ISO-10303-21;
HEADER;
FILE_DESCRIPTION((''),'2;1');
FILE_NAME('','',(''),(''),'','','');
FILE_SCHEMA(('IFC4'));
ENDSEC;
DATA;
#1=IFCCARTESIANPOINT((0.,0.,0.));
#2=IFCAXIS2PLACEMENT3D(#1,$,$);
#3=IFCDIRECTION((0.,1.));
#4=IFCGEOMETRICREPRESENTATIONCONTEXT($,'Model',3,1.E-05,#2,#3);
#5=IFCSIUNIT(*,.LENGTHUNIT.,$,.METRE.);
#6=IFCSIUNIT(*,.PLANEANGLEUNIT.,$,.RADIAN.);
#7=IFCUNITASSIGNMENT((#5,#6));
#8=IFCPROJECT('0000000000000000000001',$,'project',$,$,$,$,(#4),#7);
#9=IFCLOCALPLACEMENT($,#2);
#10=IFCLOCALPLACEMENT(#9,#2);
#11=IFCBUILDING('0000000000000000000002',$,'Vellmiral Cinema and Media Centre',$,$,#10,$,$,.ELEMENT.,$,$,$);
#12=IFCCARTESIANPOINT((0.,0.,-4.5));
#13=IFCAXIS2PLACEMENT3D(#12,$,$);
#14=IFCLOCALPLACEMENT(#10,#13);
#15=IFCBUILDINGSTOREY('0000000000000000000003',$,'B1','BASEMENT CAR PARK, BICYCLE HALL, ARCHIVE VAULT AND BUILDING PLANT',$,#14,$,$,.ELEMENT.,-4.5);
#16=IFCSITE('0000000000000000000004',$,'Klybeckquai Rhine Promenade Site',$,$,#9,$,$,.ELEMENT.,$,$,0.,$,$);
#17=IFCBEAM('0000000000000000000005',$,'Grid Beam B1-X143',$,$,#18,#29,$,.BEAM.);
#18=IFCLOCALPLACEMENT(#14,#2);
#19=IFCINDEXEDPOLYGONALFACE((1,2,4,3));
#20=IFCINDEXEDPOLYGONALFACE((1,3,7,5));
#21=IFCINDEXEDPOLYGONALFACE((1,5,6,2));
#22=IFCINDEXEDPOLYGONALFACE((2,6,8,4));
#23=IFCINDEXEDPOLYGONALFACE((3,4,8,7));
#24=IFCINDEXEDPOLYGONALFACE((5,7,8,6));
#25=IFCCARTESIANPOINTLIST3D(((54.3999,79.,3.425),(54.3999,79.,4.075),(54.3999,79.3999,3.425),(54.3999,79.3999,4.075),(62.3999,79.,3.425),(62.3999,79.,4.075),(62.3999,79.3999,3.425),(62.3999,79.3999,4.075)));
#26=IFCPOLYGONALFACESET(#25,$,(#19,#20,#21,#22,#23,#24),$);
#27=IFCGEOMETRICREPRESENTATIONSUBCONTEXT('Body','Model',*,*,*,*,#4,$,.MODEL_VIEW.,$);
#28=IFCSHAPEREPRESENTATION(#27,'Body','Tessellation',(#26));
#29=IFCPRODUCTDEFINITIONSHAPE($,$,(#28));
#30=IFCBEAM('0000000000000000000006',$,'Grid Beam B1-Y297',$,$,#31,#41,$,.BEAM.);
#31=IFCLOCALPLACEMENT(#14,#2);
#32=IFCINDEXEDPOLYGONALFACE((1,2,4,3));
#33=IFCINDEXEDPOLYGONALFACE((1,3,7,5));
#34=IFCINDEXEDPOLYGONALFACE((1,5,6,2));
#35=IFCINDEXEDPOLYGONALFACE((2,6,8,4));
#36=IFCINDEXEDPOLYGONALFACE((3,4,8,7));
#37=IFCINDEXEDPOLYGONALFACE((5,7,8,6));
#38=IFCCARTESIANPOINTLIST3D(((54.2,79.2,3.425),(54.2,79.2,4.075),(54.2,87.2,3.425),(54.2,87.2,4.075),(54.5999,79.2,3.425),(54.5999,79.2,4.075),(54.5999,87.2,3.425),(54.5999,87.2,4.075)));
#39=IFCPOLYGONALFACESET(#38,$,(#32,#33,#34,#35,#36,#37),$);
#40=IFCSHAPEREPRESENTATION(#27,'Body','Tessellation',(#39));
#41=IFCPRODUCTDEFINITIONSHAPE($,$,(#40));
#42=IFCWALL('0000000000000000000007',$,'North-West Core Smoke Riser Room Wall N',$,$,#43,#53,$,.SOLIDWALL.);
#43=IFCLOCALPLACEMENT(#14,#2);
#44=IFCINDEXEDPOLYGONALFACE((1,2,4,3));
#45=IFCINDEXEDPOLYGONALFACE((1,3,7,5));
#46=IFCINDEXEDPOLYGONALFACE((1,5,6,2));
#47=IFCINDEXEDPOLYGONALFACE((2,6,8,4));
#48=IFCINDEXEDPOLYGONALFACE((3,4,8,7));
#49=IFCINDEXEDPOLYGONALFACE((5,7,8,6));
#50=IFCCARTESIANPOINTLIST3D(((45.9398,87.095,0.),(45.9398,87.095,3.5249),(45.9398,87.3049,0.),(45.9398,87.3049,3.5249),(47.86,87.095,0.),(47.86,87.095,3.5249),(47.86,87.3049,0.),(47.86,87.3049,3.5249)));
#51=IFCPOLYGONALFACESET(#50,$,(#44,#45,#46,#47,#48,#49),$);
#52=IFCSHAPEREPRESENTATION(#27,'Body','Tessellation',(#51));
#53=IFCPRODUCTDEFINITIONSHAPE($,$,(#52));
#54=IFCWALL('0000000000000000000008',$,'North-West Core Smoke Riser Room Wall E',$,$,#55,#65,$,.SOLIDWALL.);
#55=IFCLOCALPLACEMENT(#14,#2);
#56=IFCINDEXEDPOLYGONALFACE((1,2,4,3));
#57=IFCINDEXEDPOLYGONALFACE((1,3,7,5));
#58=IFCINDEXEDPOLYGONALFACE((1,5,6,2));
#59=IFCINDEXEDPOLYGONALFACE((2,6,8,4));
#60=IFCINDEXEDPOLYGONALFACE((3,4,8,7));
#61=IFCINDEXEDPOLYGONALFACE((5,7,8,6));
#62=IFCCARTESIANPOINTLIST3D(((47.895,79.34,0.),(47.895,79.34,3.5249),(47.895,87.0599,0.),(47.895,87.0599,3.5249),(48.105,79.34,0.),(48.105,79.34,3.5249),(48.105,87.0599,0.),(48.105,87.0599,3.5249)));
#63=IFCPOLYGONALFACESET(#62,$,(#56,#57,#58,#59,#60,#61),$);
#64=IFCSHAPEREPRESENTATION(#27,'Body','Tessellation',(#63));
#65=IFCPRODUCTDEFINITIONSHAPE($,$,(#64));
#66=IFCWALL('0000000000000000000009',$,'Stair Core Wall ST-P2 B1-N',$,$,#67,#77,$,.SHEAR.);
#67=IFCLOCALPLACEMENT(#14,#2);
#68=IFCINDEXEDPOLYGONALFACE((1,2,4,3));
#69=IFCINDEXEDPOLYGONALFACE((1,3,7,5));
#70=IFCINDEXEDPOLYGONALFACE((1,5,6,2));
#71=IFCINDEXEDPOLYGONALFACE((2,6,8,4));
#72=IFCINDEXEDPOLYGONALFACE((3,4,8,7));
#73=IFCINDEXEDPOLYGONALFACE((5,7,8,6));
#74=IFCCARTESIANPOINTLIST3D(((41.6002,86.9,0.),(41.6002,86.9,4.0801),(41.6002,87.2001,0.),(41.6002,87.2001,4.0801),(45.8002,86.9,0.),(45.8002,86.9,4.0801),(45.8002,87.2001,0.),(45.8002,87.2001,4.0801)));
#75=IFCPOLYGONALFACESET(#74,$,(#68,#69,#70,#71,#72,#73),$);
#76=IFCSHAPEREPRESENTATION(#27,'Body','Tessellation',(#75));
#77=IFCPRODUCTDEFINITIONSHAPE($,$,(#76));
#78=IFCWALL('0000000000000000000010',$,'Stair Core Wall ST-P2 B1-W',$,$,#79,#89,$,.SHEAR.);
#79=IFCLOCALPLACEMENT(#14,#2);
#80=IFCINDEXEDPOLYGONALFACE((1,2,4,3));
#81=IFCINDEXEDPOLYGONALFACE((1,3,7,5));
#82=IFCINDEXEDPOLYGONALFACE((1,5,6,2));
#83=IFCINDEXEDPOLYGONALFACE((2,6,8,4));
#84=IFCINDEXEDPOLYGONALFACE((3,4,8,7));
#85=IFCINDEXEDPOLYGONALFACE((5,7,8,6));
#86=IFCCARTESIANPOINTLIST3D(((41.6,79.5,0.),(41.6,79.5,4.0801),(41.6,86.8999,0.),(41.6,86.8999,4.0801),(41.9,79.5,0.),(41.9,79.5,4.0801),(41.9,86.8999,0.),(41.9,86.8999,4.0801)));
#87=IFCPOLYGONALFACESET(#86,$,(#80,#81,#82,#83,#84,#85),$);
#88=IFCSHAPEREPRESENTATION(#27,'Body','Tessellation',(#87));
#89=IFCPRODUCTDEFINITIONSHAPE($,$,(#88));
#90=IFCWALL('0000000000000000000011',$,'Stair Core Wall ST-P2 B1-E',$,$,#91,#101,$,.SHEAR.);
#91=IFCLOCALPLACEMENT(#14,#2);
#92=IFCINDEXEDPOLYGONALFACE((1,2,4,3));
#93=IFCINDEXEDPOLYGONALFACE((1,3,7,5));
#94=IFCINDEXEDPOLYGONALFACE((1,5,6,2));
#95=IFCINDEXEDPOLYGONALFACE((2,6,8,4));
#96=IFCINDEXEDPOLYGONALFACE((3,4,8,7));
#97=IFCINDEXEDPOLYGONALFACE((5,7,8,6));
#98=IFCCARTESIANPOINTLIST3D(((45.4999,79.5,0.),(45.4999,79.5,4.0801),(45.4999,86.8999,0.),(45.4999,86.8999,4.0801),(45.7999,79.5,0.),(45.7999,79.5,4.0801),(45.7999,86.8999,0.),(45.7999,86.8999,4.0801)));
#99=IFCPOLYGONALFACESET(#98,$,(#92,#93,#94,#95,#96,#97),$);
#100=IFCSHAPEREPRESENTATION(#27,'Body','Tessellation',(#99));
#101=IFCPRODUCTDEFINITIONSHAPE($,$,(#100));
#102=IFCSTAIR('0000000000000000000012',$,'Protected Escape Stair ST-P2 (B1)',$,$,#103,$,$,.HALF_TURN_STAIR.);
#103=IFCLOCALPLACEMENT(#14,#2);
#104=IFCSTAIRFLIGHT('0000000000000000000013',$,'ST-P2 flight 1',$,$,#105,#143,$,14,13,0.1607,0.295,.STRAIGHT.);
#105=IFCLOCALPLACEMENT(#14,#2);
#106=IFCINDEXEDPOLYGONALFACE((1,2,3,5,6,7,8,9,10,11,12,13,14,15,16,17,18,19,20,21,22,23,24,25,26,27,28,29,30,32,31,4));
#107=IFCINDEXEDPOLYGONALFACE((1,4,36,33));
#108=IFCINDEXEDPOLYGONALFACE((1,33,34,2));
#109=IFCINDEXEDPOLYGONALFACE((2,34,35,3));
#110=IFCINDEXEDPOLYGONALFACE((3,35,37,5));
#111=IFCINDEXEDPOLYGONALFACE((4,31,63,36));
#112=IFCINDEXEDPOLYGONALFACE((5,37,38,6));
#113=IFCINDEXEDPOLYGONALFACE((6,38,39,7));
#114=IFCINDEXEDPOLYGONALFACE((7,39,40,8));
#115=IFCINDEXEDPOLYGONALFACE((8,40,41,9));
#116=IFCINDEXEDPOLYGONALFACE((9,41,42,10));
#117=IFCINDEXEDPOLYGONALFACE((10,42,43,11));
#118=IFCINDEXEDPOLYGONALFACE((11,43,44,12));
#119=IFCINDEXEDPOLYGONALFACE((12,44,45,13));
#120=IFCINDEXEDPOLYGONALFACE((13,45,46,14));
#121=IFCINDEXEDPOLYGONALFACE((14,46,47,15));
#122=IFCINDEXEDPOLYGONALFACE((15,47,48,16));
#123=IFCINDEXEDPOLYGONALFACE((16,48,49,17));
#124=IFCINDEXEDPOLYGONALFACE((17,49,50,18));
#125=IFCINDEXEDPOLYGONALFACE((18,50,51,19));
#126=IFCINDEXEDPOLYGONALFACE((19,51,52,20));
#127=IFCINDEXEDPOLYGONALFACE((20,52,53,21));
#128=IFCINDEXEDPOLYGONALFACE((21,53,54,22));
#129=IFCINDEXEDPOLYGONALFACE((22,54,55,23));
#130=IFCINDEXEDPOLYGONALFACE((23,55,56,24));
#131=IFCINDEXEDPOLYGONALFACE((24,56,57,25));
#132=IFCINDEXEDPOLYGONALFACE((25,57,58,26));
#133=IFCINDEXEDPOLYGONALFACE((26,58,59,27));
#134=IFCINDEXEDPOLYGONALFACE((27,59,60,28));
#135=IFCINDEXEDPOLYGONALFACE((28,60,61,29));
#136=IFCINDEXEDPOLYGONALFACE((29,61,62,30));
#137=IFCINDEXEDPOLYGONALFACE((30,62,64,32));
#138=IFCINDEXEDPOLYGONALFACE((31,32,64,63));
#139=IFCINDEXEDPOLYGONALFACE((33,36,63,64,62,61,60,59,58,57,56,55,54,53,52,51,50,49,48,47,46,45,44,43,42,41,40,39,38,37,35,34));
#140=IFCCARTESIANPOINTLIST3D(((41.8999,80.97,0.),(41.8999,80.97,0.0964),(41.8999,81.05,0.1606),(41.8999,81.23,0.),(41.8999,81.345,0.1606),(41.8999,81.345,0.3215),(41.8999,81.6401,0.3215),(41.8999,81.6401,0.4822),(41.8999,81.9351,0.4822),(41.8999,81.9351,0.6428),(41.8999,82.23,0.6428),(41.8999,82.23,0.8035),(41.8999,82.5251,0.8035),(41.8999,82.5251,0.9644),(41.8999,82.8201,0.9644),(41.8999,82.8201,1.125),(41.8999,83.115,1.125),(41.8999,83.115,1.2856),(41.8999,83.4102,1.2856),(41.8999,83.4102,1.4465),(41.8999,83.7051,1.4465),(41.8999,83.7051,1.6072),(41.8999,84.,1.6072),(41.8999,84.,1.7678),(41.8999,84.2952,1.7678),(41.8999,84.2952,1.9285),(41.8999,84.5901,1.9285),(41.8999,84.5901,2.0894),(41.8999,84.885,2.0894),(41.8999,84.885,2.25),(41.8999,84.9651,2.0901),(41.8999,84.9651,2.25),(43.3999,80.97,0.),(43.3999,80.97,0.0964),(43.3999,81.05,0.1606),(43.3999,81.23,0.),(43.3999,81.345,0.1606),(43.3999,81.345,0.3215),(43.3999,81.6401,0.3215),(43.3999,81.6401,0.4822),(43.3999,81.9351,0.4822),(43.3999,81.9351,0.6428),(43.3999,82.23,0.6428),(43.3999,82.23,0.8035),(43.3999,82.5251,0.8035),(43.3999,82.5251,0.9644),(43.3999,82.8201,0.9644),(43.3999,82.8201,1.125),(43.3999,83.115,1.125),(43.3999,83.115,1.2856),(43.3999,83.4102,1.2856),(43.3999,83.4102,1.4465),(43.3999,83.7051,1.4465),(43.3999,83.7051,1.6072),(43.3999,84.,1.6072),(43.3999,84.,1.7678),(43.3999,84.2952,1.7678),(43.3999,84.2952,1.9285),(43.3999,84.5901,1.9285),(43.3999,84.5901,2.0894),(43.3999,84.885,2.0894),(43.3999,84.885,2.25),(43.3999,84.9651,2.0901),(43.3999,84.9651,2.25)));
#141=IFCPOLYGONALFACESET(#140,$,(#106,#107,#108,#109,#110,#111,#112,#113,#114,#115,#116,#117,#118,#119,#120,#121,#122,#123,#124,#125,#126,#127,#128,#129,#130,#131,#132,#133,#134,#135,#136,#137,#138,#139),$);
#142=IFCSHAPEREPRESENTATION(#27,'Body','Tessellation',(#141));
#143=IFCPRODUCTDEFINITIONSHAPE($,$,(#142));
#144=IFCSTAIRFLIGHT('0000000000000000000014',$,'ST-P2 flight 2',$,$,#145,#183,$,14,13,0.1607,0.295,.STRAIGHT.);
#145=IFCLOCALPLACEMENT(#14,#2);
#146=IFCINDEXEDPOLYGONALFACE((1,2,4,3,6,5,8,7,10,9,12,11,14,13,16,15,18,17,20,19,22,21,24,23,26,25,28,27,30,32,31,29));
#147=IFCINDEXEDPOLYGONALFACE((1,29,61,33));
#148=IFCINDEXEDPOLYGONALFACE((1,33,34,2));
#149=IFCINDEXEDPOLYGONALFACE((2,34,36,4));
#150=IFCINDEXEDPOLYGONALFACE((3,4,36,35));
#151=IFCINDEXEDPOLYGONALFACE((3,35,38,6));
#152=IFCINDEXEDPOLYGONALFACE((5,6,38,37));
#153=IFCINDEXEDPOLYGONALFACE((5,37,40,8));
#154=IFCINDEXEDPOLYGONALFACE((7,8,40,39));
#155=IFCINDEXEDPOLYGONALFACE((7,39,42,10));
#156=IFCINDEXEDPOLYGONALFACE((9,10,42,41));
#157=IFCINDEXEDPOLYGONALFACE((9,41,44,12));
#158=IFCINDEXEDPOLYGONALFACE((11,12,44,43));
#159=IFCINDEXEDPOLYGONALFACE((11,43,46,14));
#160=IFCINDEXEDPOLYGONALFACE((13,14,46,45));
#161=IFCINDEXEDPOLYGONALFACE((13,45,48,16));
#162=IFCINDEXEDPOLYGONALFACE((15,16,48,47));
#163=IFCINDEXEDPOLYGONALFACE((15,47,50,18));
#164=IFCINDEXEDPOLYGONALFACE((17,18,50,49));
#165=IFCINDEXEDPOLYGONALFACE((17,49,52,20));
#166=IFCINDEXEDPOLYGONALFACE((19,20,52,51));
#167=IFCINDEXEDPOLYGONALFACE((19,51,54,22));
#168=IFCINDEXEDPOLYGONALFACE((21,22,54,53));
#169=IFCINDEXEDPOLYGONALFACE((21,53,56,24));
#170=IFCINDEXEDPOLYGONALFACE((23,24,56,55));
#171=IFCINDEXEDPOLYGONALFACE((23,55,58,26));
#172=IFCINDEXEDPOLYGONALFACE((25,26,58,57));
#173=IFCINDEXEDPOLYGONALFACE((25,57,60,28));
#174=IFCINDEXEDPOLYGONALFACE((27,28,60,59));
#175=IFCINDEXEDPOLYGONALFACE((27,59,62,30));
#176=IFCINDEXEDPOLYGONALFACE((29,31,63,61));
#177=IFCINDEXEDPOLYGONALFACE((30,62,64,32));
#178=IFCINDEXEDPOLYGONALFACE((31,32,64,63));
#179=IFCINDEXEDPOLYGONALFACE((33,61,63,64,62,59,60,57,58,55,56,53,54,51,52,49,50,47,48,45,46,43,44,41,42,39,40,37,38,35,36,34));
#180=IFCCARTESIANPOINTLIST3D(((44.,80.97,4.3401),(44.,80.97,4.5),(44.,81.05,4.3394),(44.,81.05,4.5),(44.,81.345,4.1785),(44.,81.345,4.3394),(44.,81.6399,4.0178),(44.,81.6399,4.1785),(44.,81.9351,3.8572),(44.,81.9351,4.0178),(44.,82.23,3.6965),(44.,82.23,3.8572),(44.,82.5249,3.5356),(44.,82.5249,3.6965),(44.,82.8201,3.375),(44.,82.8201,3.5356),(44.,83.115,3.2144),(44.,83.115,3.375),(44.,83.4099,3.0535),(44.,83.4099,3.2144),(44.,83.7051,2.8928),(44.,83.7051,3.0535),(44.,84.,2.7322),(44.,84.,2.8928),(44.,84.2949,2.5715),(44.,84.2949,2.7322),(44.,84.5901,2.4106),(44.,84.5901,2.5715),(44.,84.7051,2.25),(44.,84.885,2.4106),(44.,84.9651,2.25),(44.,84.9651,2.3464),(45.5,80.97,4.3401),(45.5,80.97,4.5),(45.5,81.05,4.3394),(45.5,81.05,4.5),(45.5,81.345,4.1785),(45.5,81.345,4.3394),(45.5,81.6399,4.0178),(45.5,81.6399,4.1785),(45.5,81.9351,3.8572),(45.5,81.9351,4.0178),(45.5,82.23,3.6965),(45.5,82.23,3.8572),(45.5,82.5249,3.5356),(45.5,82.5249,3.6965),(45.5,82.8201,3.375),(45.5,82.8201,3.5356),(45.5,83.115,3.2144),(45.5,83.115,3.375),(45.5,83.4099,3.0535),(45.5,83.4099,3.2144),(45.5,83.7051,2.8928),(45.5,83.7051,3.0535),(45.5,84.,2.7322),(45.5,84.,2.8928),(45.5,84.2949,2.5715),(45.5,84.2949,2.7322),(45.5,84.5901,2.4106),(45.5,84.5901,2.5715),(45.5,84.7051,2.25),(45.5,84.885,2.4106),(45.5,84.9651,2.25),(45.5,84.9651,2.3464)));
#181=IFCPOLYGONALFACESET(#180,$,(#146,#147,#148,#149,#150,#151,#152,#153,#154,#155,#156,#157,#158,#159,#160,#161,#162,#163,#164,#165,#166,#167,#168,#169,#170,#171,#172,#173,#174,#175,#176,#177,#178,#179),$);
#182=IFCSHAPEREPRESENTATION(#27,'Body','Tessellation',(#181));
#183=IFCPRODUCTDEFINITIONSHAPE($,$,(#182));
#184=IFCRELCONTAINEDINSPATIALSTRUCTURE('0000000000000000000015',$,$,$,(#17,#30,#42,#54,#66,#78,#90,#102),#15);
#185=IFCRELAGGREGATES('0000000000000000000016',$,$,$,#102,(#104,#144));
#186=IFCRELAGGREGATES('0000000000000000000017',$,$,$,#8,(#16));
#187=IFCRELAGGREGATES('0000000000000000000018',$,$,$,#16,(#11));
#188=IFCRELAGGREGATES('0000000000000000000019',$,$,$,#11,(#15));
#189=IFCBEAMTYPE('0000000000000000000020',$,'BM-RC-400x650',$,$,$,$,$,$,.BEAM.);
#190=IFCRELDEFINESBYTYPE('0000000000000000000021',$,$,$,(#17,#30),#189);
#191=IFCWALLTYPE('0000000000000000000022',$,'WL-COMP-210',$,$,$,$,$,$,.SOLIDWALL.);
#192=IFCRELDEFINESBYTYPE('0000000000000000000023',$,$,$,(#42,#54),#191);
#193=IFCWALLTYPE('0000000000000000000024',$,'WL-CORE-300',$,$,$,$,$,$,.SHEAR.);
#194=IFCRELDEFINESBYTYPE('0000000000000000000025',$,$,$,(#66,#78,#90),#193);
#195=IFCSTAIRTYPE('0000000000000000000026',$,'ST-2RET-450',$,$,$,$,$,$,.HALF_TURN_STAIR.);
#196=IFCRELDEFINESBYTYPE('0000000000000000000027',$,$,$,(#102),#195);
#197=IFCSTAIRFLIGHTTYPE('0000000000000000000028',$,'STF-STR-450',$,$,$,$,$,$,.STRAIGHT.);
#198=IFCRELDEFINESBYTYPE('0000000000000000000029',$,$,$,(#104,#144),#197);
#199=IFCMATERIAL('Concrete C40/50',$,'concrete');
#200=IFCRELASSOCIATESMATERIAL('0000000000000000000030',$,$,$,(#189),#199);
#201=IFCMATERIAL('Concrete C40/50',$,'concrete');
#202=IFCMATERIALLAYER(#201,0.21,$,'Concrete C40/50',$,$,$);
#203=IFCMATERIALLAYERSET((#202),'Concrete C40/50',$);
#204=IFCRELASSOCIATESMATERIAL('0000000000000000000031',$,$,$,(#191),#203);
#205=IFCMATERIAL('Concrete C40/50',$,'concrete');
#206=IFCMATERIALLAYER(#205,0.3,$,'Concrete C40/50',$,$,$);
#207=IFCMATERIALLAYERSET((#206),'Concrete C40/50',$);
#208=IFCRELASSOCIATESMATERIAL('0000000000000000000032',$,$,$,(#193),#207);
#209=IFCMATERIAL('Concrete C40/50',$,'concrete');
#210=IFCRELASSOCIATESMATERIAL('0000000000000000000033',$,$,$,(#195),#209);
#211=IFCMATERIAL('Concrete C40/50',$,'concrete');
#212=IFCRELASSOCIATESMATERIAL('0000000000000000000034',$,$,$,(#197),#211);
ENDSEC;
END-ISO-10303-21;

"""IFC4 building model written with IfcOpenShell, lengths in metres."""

from ifc_helpers import new_model, si_unit, direction, frame, frame_2d, origin, origin_2d, place, context, subcontext, project, spatial, polyline, rectangle, outline, extrude, material, layer, layer_set, material_profile, profile_set, type_object, element, aggregate, save


model = new_model("IFC4")

# Units and contexts
model_context = context("Model", 3, precision=1e-05, world=origin(), true_north=direction((0.0, 1.0)))
body_context = subcontext(model_context, "Body", "Model", "MODEL_VIEW")
ifc_project = project(units=[si_unit("LENGTHUNIT", "METRE"), si_unit("PLANEANGLEUNIT", "RADIAN")], contexts=[model_context])

# Site, building, storey
site_placement = place(None, origin())
site = spatial("IfcSite", under=ifc_project, at=site_placement, Name="Klybeckquai Rhine Promenade Site", CompositionType="ELEMENT", RefElevation=0.0)
building_placement = place(site_placement, origin())
building = spatial("IfcBuilding", under=site, at=building_placement, Name="Vellmiral Cinema and Media Centre", CompositionType="ELEMENT")
storey_placement = place(building_placement, frame((0.0, 0.0, -4.5)))
storey = spatial("IfcBuildingStorey", under=building, at=storey_placement, Name="B1", Description="BASEMENT CAR PARK, BICYCLE HALL, ARCHIVE VAULT AND BUILDING PLANT", CompositionType="ELEMENT", Elevation=-4.5)

# Beams
ifc_material_1 = material(Name="Concrete C40/50", Category="concrete")
ifc_material_profile_1 = material_profile(ifc_material_1, rectangle(XDim=0.3999, YDim=0.6499, at=origin_2d()), Name="RC 400x650")
ifc_profile_set_1 = profile_set([ifc_material_profile_1], Name="Concrete C40/50")
beam_type_1 = type_object("IfcBeamType", Name="BM-RC-400x650", PredefinedType="BEAM", material=ifc_profile_set_1)
for number, where, z_axis, x_axis, name in (
    (1, (54.3999, 79.2, 3.75), (1.0, 0.0, 0.0), (0.0, 1.0, 0.0), "Grid Beam B1-X143"),
    (2, (54.3999, 79.2, 3.75), (0.0, 1.0, 0.0), (-1.0, 0.0, 0.0), "Grid Beam B1-Y297"),
):
    element("IfcBeam", number, at=place(storey_placement, frame(where, z_axis=z_axis, x_axis=x_axis)), inside=storey, type_object=beam_type_1, Name=name, PredefinedType="BEAM", context=body_context, shape_type="SweptSolid", body=[
        extrude(rectangle(XDim=0.3999, YDim=0.6499, at=origin_2d()), origin(), (0.0, 0.0, 1.0), 8.0),
    ])

# Walls
ifc_material_2 = material(Name="Concrete C40/50", Category="concrete")
ifc_layer_1 = layer(ifc_material_2, 0.21, Name="Concrete C40/50")
ifc_layer_set_1 = layer_set([ifc_layer_1], Name="Concrete C40/50")
wall_type_1 = type_object("IfcWallType", Name="WL-COMP-210", PredefinedType="SOLIDWALL", material=ifc_layer_set_1)
wall_1_placement = place(storey_placement, frame((45.9399, 87.2, 0.0), z_axis=(0.0, 0.0, 1.0), x_axis=(1.0, 0.0, 0.0)))
element("IfcWall", 3, at=wall_1_placement, inside=storey, type_object=wall_type_1, Name="North-West Core Smoke Riser Room Wall N", PredefinedType="SOLIDWALL", context=body_context, shape_type="SweptSolid", body=[
    extrude(rectangle(XDim=1.9202, YDim=0.21, at=frame_2d((0.96, 0.0))), origin(), (0.0, 0.0, 1.0), 3.5249),
])
wall_2_placement = place(storey_placement, frame((48.0, 79.3401, 0.0), z_axis=(0.0, 0.0, 1.0), x_axis=(0.0, 1.0, 0.0)))
element("IfcWall", 4, at=wall_2_placement, inside=storey, type_object=wall_type_1, Name="North-West Core Smoke Riser Room Wall E", PredefinedType="SOLIDWALL", context=body_context, shape_type="SweptSolid", body=[
    extrude(rectangle(XDim=7.72, YDim=0.21, at=frame_2d((3.8599, 0.0))), origin(), (0.0, 0.0, 1.0), 3.5249),
])
ifc_material_3 = material(Name="Concrete C40/50", Category="concrete")
ifc_layer_2 = layer(ifc_material_3, 0.3, Name="Concrete C40/50")
ifc_layer_set_2 = layer_set([ifc_layer_2], Name="Concrete C40/50")
wall_type_2 = type_object("IfcWallType", Name="WL-CORE-300", PredefinedType="SHEAR", material=ifc_layer_set_2)
wall_3_placement = place(storey_placement, frame((41.6001, 87.05, 0.0), z_axis=(0.0, 0.0, 1.0), x_axis=(1.0, 0.0, 0.0)))
element("IfcWall", 5, at=wall_3_placement, inside=storey, type_object=wall_type_2, Name="Stair Core Wall ST-P2 B1-N", PredefinedType="SHEAR", context=body_context, shape_type="SweptSolid", body=[
    extrude(rectangle(XDim=4.2, YDim=0.3, at=frame_2d((2.1001, 0.0))), origin(), (0.0, 0.0, 1.0), 4.0801),
])
for number, where, z_axis, x_axis, name in (
    (6, (41.75, 79.5, 0.0), (0.0, 0.0, 1.0), (0.0, 1.0, 0.0), "Stair Core Wall ST-P2 B1-W"),
    (7, (45.6499, 79.5, 0.0), (0.0, 0.0, 1.0), (0.0, 1.0, 0.0), "Stair Core Wall ST-P2 B1-E"),
):
    element("IfcWall", number, at=place(storey_placement, frame(where, z_axis=z_axis, x_axis=x_axis)), inside=storey, type_object=wall_type_2, Name=name, PredefinedType="SHEAR", context=body_context, shape_type="SweptSolid", body=[
        extrude(rectangle(XDim=7.3999, YDim=0.3, at=frame_2d((3.7, 0.0))), origin(), (0.0, 0.0, 1.0), 4.0801),
    ])

# Stair, stair flights
ifc_material_4 = material(Name="Concrete C40/50", Category="concrete")
stair_type = type_object("IfcStairType", Name="ST-2RET-450", PredefinedType="HALF_TURN_STAIR", material=ifc_material_4)
stair_placement = place(storey_placement, origin())
stair = element("IfcStair", 8, at=stair_placement, inside=storey, type_object=stair_type, Name="Protected Escape Stair ST-P2 (B1)", PredefinedType="HALF_TURN_STAIR")
ifc_material_5 = material(Name="Concrete C40/50", Category="concrete")
stair_flight_type = type_object("IfcStairFlightType", Name="STF-STR-450", PredefinedType="STRAIGHT", material=ifc_material_5)
stair_flight_1_placement = place(storey_placement, frame((42.6499, 81.05, 0.0), z_axis=(0.0, 0.0, 1.0), x_axis=(0.0, 1.0, 0.0)))
stair_flight_1 = element("IfcStairFlight", 9, at=stair_flight_1_placement, type_object=stair_flight_type, Name="ST-P2 flight 1", NumberOfRisers=14, NumberOfTreads=13, PredefinedType="STRAIGHT", RiserHeight=0.1607, TreadLength=0.295, context=body_context, shape_type="SweptSolid", body=[
    extrude(outline(polyline([(-0.0801, 0.0), (-0.0801, 0.0964), (0.0, 0.1606), (0.2949, 0.1606), (0.2949, 0.3215), (0.5901, 0.3215), (0.5901, 0.4822), (0.885, 0.4822), (0.885, 0.6428), (1.1799, 0.6428), (1.1799, 0.8035), (1.4751, 0.8035), (1.4751, 0.9644), (1.77, 0.9644), (1.77, 1.125), (2.0649, 1.125), (2.0649, 1.2856), (2.3601, 1.2856), (2.3601, 1.4465), (2.655, 1.4465), (2.655, 1.6072), (2.95, 1.6072), (2.95, 1.7678), (3.2451, 1.7678), (3.2451, 1.9285), (3.54, 1.9285), (3.54, 2.0894), (3.835, 2.0894), (3.835, 2.25), (3.915, 2.25), (3.915, 2.0901), (0.1799, 0.0), (-0.0801, 0.0)])), frame((0.0, 0.75, 0.0), z_axis=(0.0, -1.0, 0.0), x_axis=(1.0, 0.0, 0.0)), (0.0, 0.0, 1.0), 1.5),
])
stair_flight_2_placement = place(storey_placement, frame((44.75, 84.885, 2.25), z_axis=(0.0, 0.0, 1.0), x_axis=(0.0, -1.0, 0.0)))
stair_flight_2 = element("IfcStairFlight", 10, at=stair_flight_2_placement, type_object=stair_flight_type, Name="ST-P2 flight 2", NumberOfRisers=14, NumberOfTreads=13, PredefinedType="STRAIGHT", RiserHeight=0.1607, TreadLength=0.295, context=body_context, shape_type="SweptSolid", body=[
    extrude(outline(polyline([(-0.0801, 0.0), (-0.0801, 0.0964), (0.0, 0.1606), (0.2949, 0.1606), (0.2949, 0.3215), (0.5901, 0.3215), (0.5901, 0.4822), (0.885, 0.4822), (0.885, 0.6428), (1.1799, 0.6428), (1.1799, 0.8035), (1.4751, 0.8035), (1.4751, 0.9644), (1.77, 0.9644), (1.77, 1.125), (2.0649, 1.125), (2.0649, 1.2856), (2.3601, 1.2856), (2.3601, 1.4465), (2.655, 1.4465), (2.655, 1.6072), (2.95, 1.6072), (2.95, 1.7678), (3.2451, 1.7678), (3.2451, 1.9285), (3.54, 1.9285), (3.54, 2.0894), (3.835, 2.0894), (3.835, 2.25), (3.915, 2.25), (3.915, 2.0901), (0.1799, 0.0), (-0.0801, 0.0)])), frame((0.0, 0.75, 0.0), z_axis=(0.0, -1.0, 0.0), x_axis=(1.0, 0.0, 0.0)), (0.0, 0.0, 1.0), 1.5),
])
aggregate(stair, [stair_flight_1, stair_flight_2])

save(model, "model.ifc")
